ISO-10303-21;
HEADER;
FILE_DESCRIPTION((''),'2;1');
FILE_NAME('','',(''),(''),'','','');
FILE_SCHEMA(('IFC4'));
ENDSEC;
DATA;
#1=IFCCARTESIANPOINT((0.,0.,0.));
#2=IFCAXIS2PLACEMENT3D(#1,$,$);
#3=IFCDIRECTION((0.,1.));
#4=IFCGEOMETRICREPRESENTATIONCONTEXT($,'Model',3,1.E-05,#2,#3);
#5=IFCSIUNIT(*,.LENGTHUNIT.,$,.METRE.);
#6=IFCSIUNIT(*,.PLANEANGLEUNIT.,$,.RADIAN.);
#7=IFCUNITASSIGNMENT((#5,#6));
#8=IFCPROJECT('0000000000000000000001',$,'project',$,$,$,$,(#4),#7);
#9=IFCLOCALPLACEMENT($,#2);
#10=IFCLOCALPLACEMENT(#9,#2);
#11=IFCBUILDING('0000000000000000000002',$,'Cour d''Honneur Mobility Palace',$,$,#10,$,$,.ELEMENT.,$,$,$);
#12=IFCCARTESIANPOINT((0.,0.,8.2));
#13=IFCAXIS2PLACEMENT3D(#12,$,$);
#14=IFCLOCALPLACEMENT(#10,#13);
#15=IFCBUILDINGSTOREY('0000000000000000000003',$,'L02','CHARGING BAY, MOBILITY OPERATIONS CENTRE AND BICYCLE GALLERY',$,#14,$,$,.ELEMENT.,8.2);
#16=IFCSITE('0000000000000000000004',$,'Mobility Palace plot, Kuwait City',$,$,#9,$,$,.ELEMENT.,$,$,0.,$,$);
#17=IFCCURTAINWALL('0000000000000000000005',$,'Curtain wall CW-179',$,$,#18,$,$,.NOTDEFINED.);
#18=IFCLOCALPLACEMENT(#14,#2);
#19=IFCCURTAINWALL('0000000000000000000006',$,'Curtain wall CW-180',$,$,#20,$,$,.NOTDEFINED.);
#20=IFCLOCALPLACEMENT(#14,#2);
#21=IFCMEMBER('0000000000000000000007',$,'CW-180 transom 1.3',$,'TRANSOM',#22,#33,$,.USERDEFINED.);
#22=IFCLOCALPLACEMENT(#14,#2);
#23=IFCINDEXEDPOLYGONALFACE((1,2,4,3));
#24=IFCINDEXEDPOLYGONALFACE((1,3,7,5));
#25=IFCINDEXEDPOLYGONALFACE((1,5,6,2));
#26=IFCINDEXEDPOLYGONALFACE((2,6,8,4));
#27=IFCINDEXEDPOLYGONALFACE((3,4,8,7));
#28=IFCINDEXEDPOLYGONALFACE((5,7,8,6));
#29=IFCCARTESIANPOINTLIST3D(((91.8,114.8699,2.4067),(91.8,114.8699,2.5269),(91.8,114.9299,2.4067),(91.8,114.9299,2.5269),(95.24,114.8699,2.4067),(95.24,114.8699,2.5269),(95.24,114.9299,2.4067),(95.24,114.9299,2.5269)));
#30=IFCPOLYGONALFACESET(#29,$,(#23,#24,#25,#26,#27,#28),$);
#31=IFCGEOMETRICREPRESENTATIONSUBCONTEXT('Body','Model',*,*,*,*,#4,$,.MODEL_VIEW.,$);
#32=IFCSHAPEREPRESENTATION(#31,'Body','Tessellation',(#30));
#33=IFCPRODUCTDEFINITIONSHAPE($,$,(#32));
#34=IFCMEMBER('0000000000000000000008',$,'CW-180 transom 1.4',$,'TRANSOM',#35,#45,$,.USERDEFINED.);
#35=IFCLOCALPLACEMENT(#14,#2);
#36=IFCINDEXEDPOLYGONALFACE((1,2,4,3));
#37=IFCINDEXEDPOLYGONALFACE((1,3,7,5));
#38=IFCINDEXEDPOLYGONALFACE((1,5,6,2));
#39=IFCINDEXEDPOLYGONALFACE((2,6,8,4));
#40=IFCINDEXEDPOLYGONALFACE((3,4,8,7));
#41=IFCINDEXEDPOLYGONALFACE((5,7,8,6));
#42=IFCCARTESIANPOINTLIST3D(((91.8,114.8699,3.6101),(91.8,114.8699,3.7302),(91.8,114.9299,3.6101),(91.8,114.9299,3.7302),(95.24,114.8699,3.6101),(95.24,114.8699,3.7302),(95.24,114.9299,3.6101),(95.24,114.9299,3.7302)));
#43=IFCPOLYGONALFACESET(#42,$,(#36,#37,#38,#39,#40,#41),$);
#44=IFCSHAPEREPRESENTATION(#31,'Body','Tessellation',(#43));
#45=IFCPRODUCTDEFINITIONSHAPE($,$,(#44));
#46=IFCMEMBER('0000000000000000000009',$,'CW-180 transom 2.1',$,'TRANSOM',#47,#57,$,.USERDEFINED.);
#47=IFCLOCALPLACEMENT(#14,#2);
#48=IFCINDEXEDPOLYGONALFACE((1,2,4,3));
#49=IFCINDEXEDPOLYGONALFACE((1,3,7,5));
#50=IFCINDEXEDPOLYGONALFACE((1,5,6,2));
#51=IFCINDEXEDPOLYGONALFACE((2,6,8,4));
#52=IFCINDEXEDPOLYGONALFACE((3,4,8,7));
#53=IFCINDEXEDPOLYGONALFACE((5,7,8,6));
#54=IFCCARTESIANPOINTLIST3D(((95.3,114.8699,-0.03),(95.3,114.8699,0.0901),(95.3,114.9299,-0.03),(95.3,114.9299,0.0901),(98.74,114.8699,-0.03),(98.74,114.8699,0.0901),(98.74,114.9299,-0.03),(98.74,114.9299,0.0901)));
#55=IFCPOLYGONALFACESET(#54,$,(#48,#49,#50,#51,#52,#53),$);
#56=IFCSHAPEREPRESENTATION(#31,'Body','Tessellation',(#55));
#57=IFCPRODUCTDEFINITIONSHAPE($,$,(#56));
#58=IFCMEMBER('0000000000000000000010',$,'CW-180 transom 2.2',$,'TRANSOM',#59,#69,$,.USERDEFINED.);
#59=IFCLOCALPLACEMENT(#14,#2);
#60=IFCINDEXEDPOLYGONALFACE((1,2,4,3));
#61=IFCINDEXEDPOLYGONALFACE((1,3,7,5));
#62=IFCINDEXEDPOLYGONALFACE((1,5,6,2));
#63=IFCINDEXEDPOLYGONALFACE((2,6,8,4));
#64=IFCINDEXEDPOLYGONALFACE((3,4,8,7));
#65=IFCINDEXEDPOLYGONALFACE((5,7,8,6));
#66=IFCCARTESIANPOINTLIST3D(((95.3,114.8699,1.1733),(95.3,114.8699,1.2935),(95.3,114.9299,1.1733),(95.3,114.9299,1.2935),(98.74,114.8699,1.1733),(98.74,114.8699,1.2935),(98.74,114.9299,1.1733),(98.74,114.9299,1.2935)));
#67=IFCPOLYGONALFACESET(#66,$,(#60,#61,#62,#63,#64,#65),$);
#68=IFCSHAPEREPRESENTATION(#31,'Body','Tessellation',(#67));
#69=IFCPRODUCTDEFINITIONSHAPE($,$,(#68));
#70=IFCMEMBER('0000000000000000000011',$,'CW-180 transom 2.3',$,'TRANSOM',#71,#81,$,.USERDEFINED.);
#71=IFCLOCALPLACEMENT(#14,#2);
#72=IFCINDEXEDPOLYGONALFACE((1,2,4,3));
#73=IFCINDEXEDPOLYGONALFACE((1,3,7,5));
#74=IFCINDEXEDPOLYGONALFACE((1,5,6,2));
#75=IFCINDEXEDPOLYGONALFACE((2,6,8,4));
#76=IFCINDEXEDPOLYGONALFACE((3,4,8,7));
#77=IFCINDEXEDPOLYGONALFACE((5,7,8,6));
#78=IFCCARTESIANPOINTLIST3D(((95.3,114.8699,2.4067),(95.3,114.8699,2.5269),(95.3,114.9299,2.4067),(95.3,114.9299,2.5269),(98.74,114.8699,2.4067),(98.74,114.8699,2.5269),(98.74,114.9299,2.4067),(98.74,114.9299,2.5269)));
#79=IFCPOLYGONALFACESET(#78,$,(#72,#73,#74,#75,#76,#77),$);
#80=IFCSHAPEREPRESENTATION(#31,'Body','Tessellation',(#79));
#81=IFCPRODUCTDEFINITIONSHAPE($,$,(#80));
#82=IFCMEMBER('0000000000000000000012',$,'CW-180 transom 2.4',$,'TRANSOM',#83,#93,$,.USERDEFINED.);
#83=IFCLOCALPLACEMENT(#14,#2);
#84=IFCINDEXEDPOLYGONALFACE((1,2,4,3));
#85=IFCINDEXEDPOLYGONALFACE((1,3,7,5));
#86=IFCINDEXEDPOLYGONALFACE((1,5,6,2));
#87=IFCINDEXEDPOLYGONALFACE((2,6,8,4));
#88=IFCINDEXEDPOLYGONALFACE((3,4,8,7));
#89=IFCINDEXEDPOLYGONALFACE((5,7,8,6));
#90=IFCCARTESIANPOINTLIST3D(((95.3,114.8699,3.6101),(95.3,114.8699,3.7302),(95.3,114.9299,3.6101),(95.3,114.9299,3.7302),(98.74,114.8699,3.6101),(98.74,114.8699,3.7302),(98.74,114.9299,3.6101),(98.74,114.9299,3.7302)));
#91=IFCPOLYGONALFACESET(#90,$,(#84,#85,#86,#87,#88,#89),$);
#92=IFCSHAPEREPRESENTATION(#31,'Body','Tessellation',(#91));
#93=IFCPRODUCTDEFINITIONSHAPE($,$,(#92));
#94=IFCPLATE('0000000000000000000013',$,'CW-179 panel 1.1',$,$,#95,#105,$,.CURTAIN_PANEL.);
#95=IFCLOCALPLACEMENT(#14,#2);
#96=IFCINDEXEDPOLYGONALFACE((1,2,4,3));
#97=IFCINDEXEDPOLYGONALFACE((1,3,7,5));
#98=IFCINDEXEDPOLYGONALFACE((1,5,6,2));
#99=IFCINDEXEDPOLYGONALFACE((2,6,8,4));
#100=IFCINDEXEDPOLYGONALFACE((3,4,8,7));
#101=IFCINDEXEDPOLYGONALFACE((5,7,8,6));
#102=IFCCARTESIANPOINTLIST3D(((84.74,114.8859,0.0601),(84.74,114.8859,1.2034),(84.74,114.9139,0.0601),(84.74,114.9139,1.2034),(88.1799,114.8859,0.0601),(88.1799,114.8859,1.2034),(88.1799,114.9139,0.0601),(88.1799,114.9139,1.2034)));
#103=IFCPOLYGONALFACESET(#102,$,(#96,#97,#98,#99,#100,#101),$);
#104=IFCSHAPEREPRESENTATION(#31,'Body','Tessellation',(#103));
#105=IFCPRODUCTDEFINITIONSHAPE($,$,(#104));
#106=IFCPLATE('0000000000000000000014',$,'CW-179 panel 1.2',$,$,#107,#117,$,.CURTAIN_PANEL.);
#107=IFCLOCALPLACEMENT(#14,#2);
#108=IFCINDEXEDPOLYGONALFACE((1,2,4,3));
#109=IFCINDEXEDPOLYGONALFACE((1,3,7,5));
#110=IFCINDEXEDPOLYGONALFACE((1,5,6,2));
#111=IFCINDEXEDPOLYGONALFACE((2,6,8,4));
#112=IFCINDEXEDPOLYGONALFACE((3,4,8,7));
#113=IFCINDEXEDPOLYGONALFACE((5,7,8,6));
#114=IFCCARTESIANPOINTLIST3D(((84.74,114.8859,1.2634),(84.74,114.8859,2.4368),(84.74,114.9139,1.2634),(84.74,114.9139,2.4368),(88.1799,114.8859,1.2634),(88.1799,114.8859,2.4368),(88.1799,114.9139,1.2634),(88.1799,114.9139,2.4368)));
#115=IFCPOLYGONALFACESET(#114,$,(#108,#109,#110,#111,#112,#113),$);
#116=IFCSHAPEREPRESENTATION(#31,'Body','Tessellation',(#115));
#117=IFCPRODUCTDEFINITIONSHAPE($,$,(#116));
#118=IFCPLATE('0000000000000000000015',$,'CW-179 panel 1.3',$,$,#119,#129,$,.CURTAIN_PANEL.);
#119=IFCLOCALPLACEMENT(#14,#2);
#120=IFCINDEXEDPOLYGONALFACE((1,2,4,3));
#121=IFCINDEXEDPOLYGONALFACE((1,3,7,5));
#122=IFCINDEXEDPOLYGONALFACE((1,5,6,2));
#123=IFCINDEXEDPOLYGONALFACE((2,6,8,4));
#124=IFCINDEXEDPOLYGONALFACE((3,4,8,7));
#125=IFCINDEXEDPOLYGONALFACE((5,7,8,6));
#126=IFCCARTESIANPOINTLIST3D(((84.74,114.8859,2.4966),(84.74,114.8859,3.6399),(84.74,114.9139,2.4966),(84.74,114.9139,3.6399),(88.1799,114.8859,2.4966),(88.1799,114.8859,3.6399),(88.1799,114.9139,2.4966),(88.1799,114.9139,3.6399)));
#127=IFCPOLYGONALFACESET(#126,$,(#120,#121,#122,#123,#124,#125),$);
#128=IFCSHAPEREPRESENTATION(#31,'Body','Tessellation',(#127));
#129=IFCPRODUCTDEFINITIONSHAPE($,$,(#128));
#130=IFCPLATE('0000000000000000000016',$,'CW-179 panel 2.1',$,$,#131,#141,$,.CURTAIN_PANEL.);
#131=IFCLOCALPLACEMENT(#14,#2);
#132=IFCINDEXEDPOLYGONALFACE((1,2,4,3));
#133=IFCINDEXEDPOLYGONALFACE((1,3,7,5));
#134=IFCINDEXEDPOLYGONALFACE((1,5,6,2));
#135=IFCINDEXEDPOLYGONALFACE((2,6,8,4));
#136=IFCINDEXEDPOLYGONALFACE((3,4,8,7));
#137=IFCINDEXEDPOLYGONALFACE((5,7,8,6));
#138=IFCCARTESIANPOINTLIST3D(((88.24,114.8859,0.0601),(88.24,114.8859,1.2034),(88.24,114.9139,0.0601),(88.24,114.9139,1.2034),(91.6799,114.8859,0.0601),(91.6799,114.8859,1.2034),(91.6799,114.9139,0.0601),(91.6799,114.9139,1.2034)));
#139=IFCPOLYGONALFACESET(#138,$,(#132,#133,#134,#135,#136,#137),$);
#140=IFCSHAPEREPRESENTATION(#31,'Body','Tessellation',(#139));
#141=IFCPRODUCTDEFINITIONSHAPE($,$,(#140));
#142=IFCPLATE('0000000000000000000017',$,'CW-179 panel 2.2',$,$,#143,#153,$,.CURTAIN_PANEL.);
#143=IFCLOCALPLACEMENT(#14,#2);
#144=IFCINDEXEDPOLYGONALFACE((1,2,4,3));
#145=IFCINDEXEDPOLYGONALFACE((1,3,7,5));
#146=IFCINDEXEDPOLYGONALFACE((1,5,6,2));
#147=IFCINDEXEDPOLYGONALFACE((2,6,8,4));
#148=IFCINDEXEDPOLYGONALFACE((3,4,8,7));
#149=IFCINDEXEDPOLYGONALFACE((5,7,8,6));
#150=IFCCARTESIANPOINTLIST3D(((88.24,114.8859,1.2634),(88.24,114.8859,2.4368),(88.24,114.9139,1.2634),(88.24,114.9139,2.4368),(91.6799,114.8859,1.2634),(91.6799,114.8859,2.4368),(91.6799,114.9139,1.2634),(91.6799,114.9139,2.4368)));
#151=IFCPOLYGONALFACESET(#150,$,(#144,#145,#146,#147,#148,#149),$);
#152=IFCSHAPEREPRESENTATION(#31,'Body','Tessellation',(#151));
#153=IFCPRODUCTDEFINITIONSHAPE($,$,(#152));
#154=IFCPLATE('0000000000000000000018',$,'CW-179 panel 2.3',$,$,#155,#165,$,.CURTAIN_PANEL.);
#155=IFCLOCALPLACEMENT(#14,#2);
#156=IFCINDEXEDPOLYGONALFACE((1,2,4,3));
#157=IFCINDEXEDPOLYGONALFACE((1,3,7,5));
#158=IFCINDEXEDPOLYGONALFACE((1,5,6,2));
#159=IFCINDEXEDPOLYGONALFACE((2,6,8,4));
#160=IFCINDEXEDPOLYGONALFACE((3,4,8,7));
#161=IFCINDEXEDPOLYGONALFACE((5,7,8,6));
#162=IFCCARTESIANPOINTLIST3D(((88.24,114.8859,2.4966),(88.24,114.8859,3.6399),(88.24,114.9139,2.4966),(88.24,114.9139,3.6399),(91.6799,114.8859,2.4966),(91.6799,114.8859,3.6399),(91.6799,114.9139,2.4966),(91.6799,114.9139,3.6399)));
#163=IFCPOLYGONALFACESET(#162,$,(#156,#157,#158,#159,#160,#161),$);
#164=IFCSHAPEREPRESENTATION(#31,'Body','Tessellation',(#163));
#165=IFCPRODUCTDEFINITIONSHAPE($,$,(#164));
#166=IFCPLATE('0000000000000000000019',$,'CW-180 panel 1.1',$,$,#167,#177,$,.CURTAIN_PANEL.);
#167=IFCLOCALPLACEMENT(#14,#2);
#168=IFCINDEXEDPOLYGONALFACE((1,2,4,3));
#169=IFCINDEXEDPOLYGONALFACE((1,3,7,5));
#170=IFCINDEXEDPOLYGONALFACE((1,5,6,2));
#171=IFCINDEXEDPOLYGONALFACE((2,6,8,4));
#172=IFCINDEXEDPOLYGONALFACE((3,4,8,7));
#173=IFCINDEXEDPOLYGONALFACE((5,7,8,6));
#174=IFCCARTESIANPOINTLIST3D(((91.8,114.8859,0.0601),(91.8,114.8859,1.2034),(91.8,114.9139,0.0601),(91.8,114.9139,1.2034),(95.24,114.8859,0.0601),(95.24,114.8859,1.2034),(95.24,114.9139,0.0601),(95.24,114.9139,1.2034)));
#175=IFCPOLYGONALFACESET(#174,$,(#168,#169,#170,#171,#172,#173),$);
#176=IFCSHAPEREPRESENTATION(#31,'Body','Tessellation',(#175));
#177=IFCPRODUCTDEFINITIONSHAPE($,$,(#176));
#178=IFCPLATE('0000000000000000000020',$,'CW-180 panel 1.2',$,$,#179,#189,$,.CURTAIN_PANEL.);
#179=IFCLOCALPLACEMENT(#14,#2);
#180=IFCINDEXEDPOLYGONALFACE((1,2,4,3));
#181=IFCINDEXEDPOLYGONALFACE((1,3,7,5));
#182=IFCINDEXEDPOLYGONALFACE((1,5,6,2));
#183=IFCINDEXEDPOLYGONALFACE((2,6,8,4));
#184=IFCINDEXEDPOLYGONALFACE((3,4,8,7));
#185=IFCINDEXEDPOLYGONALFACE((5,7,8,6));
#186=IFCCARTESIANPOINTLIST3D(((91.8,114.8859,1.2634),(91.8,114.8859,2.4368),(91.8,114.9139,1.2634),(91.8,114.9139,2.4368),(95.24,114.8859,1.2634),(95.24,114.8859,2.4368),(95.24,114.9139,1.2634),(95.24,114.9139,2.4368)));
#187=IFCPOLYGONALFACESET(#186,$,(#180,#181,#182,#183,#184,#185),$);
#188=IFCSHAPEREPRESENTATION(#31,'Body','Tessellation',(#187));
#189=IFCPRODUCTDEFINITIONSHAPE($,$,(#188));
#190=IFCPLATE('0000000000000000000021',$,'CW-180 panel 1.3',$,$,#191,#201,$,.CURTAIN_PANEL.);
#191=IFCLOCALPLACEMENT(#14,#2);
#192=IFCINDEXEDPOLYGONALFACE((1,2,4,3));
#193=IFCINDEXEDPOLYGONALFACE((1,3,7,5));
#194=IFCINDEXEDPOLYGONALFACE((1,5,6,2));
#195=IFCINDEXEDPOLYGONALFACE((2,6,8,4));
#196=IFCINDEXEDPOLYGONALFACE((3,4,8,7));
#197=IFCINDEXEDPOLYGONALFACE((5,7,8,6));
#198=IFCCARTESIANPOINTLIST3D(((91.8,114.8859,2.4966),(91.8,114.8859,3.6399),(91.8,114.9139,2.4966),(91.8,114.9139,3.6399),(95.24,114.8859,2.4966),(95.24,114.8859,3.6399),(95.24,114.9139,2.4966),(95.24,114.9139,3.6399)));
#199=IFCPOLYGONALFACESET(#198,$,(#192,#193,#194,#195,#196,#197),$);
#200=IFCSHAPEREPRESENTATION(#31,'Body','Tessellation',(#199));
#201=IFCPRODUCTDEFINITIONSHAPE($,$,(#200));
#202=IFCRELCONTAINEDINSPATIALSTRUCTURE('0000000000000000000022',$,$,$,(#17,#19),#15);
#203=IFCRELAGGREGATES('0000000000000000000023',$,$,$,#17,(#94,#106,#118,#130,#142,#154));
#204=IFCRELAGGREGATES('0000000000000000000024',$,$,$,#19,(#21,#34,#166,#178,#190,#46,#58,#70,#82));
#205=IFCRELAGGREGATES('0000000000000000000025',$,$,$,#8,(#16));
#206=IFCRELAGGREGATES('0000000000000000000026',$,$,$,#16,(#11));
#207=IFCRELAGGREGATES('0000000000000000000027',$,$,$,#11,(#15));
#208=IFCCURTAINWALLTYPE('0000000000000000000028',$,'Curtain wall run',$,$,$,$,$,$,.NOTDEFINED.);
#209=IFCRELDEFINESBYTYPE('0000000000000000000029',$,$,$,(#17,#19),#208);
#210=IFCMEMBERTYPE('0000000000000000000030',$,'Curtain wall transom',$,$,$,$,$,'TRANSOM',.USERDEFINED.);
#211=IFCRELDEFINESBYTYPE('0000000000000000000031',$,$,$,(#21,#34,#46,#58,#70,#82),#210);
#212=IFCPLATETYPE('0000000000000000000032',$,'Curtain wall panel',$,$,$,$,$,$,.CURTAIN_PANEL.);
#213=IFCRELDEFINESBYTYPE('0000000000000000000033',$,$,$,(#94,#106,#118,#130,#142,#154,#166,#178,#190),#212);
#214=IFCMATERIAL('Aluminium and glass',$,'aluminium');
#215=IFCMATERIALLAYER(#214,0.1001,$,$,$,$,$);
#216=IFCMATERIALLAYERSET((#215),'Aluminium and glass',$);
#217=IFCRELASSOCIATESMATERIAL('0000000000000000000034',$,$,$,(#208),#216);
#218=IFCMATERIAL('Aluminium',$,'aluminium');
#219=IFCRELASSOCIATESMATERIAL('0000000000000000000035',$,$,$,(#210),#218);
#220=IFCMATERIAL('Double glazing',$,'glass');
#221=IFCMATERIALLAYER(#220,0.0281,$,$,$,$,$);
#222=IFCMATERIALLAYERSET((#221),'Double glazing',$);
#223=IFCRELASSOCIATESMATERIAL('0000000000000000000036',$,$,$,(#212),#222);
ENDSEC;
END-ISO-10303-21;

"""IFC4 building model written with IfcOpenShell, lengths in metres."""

from ifc_helpers import new_model, si_unit, direction, frame, origin, origin_2d, place, context, subcontext, project, spatial, rectangle, extrude, material, layer, layer_set, material_profile, profile_set, type_object, element, aggregate, save


model = new_model("IFC4")

# Units and contexts
model_context = context("Model", 3, precision=1e-05, world=origin(), true_north=direction((0.0, 1.0)))
body_context = subcontext(model_context, "Body", "Model", "MODEL_VIEW")
ifc_project = project(units=[si_unit("LENGTHUNIT", "METRE"), si_unit("PLANEANGLEUNIT", "RADIAN")], contexts=[model_context])

# Site, building, storey
site_placement = place(None, origin())
site = spatial("IfcSite", under=ifc_project, at=site_placement, Name="Mobility Palace plot, Kuwait City", CompositionType="ELEMENT", RefElevation=0.0)
building_placement = place(site_placement, origin())
building = spatial("IfcBuilding", under=site, at=building_placement, Name="Cour d'Honneur Mobility Palace", CompositionType="ELEMENT")
storey_placement = place(building_placement, frame((0.0, 0.0, 8.2)))
storey = spatial("IfcBuildingStorey", under=building, at=storey_placement, Name="L02", Description="CHARGING BAY, MOBILITY OPERATIONS CENTRE AND BICYCLE GALLERY", CompositionType="ELEMENT", Elevation=8.2)

# Curtain walls
ifc_material_1 = material(Name="Aluminium and glass", Category="aluminium")
ifc_layer_1 = layer(ifc_material_1, 0.1001)
ifc_layer_set_1 = layer_set([ifc_layer_1], Name="Aluminium and glass")
curtain_wall_type = type_object("IfcCurtainWallType", Name="Curtain wall run", PredefinedType="NOTDEFINED", material=ifc_layer_set_1)
curtain_wall_1_placement = place(storey_placement, origin())
curtain_wall_1 = element("IfcCurtainWall", 1, at=curtain_wall_1_placement, inside=storey, type_object=curtain_wall_type, Name="Curtain wall CW-179", PredefinedType="NOTDEFINED")
curtain_wall_2_placement = place(storey_placement, origin())
curtain_wall_2 = element("IfcCurtainWall", 2, at=curtain_wall_2_placement, inside=storey, type_object=curtain_wall_type, Name="Curtain wall CW-180", PredefinedType="NOTDEFINED")

# Members
ifc_material_2 = material(Name="Aluminium", Category="aluminium")
ifc_material_profile_1 = material_profile(ifc_material_2, rectangle(XDim=0.0601, YDim=0.1201, at=origin_2d()), Name="Curtain wall transom")
ifc_profile_set_1 = profile_set([ifc_material_profile_1], Name="Aluminium")
member_type_1 = type_object("IfcMemberType", Name="Curtain wall transom", ElementType="TRANSOM", PredefinedType="USERDEFINED", material=ifc_profile_set_1)
member_1_placement = place(storey_placement, frame((91.8, 114.8999, 2.4668), z_axis=(1.0, 0.0, 0.0), x_axis=(0.0, 1.0, 0.0)))
member_1 = element("IfcMember", 3, at=member_1_placement, type_object=member_type_1, Name="CW-180 transom 1.3", ObjectType="TRANSOM", PredefinedType="USERDEFINED", context=body_context, shape_type="SweptSolid", body=[
    extrude(rectangle(XDim=0.0601, YDim=0.1201, at=origin_2d()), origin(), (0.0, 0.0, 1.0), 3.4399),
])
member_2_placement = place(storey_placement, frame((91.8, 114.8999, 3.6702), z_axis=(1.0, 0.0, 0.0), x_axis=(0.0, 1.0, 0.0)))
member_2 = element("IfcMember", 4, at=member_2_placement, type_object=member_type_1, Name="CW-180 transom 1.4", ObjectType="TRANSOM", PredefinedType="USERDEFINED", context=body_context, shape_type="SweptSolid", body=[
    extrude(rectangle(XDim=0.0601, YDim=0.1201, at=origin_2d()), origin(), (0.0, 0.0, 1.0), 3.4399),
])
member_3_placement = place(storey_placement, frame((95.3, 114.8999, 0.03), z_axis=(1.0, 0.0, 0.0), x_axis=(0.0, 1.0, 0.0)))
member_3 = element("IfcMember", 5, at=member_3_placement, type_object=member_type_1, Name="CW-180 transom 2.1", ObjectType="TRANSOM", PredefinedType="USERDEFINED", context=body_context, shape_type="SweptSolid", body=[
    extrude(rectangle(XDim=0.0601, YDim=0.1201, at=origin_2d()), origin(), (0.0, 0.0, 1.0), 3.4399),
])
member_4_placement = place(storey_placement, frame((95.3, 114.8999, 1.2334), z_axis=(1.0, 0.0, 0.0), x_axis=(0.0, 1.0, 0.0)))
member_4 = element("IfcMember", 6, at=member_4_placement, type_object=member_type_1, Name="CW-180 transom 2.2", ObjectType="TRANSOM", PredefinedType="USERDEFINED", context=body_context, shape_type="SweptSolid", body=[
    extrude(rectangle(XDim=0.0601, YDim=0.1201, at=origin_2d()), origin(), (0.0, 0.0, 1.0), 3.4399),
])
member_5_placement = place(storey_placement, frame((95.3, 114.8999, 2.4668), z_axis=(1.0, 0.0, 0.0), x_axis=(0.0, 1.0, 0.0)))
member_5 = element("IfcMember", 7, at=member_5_placement, type_object=member_type_1, Name="CW-180 transom 2.3", ObjectType="TRANSOM", PredefinedType="USERDEFINED", context=body_context, shape_type="SweptSolid", body=[
    extrude(rectangle(XDim=0.0601, YDim=0.1201, at=origin_2d()), origin(), (0.0, 0.0, 1.0), 3.4399),
])
member_6_placement = place(storey_placement, frame((95.3, 114.8999, 3.6702), z_axis=(1.0, 0.0, 0.0), x_axis=(0.0, 1.0, 0.0)))
member_6 = element("IfcMember", 8, at=member_6_placement, type_object=member_type_1, Name="CW-180 transom 2.4", ObjectType="TRANSOM", PredefinedType="USERDEFINED", context=body_context, shape_type="SweptSolid", body=[
    extrude(rectangle(XDim=0.0601, YDim=0.1201, at=origin_2d()), origin(), (0.0, 0.0, 1.0), 3.4399),
])

# Plates
ifc_material_3 = material(Name="Double glazing", Category="glass")
ifc_layer_2 = layer(ifc_material_3, 0.0281)
ifc_layer_set_2 = layer_set([ifc_layer_2], Name="Double glazing")
plate_type = type_object("IfcPlateType", Name="Curtain wall panel", PredefinedType="CURTAIN_PANEL", material=ifc_layer_set_2)
plate_1_placement = place(storey_placement, frame((86.46, 114.8999, 0.0601), z_axis=(0.0, 0.0, 1.0), x_axis=(1.0, 0.0, 0.0)))
plate_1 = element("IfcPlate", 9, at=plate_1_placement, type_object=plate_type, Name="CW-179 panel 1.1", PredefinedType="CURTAIN_PANEL", context=body_context, shape_type="SweptSolid", body=[
    extrude(rectangle(XDim=3.4399, YDim=0.0281, at=origin_2d()), origin(), (0.0, 0.0, 1.0), 1.1433),
])
plate_2_placement = place(storey_placement, frame((86.46, 114.8999, 1.2634), z_axis=(0.0, 0.0, 1.0), x_axis=(1.0, 0.0, 0.0)))
plate_2 = element("IfcPlate", 10, at=plate_2_placement, type_object=plate_type, Name="CW-179 panel 1.2", PredefinedType="CURTAIN_PANEL", context=body_context, shape_type="SweptSolid", body=[
    extrude(rectangle(XDim=3.4399, YDim=0.0281, at=origin_2d()), origin(), (0.0, 0.0, 1.0), 1.1733),
])
plate_3_placement = place(storey_placement, frame((86.46, 114.8999, 2.4966), z_axis=(0.0, 0.0, 1.0), x_axis=(1.0, 0.0, 0.0)))
plate_3 = element("IfcPlate", 11, at=plate_3_placement, type_object=plate_type, Name="CW-179 panel 1.3", PredefinedType="CURTAIN_PANEL", context=body_context, shape_type="SweptSolid", body=[
    extrude(rectangle(XDim=3.4399, YDim=0.0281, at=origin_2d()), origin(), (0.0, 0.0, 1.0), 1.1433),
])
plate_4_placement = place(storey_placement, frame((89.96, 114.8999, 0.0601), z_axis=(0.0, 0.0, 1.0), x_axis=(1.0, 0.0, 0.0)))
plate_4 = element("IfcPlate", 12, at=plate_4_placement, type_object=plate_type, Name="CW-179 panel 2.1", PredefinedType="CURTAIN_PANEL", context=body_context, shape_type="SweptSolid", body=[
    extrude(rectangle(XDim=3.4399, YDim=0.0281, at=origin_2d()), origin(), (0.0, 0.0, 1.0), 1.1433),
])
plate_5_placement = place(storey_placement, frame((89.96, 114.8999, 1.2634), z_axis=(0.0, 0.0, 1.0), x_axis=(1.0, 0.0, 0.0)))
plate_5 = element("IfcPlate", 13, at=plate_5_placement, type_object=plate_type, Name="CW-179 panel 2.2", PredefinedType="CURTAIN_PANEL", context=body_context, shape_type="SweptSolid", body=[
    extrude(rectangle(XDim=3.4399, YDim=0.0281, at=origin_2d()), origin(), (0.0, 0.0, 1.0), 1.1733),
])
plate_6_placement = place(storey_placement, frame((89.96, 114.8999, 2.4966), z_axis=(0.0, 0.0, 1.0), x_axis=(1.0, 0.0, 0.0)))
plate_6 = element("IfcPlate", 14, at=plate_6_placement, type_object=plate_type, Name="CW-179 panel 2.3", PredefinedType="CURTAIN_PANEL", context=body_context, shape_type="SweptSolid", body=[
    extrude(rectangle(XDim=3.4399, YDim=0.0281, at=origin_2d()), origin(), (0.0, 0.0, 1.0), 1.1433),
])
aggregate(curtain_wall_1, [plate_1, plate_2, plate_3, plate_4, plate_5, plate_6])
plate_7_placement = place(storey_placement, frame((93.52, 114.8999, 0.0601), z_axis=(0.0, 0.0, 1.0), x_axis=(1.0, 0.0, 0.0)))
plate_7 = element("IfcPlate", 15, at=plate_7_placement, type_object=plate_type, Name="CW-180 panel 1.1", PredefinedType="CURTAIN_PANEL", context=body_context, shape_type="SweptSolid", body=[
    extrude(rectangle(XDim=3.4399, YDim=0.0281, at=origin_2d()), origin(), (0.0, 0.0, 1.0), 1.1433),
])
plate_8_placement = place(storey_placement, frame((93.52, 114.8999, 1.2634), z_axis=(0.0, 0.0, 1.0), x_axis=(1.0, 0.0, 0.0)))
plate_8 = element("IfcPlate", 16, at=plate_8_placement, type_object=plate_type, Name="CW-180 panel 1.2", PredefinedType="CURTAIN_PANEL", context=body_context, shape_type="SweptSolid", body=[
    extrude(rectangle(XDim=3.4399, YDim=0.0281, at=origin_2d()), origin(), (0.0, 0.0, 1.0), 1.1733),
])
plate_9_placement = place(storey_placement, frame((93.52, 114.8999, 2.4966), z_axis=(0.0, 0.0, 1.0), x_axis=(1.0, 0.0, 0.0)))
plate_9 = element("IfcPlate", 17, at=plate_9_placement, type_object=plate_type, Name="CW-180 panel 1.3", PredefinedType="CURTAIN_PANEL", context=body_context, shape_type="SweptSolid", body=[
    extrude(rectangle(XDim=3.4399, YDim=0.0281, at=origin_2d()), origin(), (0.0, 0.0, 1.0), 1.1433),
])
aggregate(curtain_wall_2, [member_1, member_2, plate_7, plate_8, plate_9, member_3, member_4, member_5, member_6])

save(model, "model.ifc")
